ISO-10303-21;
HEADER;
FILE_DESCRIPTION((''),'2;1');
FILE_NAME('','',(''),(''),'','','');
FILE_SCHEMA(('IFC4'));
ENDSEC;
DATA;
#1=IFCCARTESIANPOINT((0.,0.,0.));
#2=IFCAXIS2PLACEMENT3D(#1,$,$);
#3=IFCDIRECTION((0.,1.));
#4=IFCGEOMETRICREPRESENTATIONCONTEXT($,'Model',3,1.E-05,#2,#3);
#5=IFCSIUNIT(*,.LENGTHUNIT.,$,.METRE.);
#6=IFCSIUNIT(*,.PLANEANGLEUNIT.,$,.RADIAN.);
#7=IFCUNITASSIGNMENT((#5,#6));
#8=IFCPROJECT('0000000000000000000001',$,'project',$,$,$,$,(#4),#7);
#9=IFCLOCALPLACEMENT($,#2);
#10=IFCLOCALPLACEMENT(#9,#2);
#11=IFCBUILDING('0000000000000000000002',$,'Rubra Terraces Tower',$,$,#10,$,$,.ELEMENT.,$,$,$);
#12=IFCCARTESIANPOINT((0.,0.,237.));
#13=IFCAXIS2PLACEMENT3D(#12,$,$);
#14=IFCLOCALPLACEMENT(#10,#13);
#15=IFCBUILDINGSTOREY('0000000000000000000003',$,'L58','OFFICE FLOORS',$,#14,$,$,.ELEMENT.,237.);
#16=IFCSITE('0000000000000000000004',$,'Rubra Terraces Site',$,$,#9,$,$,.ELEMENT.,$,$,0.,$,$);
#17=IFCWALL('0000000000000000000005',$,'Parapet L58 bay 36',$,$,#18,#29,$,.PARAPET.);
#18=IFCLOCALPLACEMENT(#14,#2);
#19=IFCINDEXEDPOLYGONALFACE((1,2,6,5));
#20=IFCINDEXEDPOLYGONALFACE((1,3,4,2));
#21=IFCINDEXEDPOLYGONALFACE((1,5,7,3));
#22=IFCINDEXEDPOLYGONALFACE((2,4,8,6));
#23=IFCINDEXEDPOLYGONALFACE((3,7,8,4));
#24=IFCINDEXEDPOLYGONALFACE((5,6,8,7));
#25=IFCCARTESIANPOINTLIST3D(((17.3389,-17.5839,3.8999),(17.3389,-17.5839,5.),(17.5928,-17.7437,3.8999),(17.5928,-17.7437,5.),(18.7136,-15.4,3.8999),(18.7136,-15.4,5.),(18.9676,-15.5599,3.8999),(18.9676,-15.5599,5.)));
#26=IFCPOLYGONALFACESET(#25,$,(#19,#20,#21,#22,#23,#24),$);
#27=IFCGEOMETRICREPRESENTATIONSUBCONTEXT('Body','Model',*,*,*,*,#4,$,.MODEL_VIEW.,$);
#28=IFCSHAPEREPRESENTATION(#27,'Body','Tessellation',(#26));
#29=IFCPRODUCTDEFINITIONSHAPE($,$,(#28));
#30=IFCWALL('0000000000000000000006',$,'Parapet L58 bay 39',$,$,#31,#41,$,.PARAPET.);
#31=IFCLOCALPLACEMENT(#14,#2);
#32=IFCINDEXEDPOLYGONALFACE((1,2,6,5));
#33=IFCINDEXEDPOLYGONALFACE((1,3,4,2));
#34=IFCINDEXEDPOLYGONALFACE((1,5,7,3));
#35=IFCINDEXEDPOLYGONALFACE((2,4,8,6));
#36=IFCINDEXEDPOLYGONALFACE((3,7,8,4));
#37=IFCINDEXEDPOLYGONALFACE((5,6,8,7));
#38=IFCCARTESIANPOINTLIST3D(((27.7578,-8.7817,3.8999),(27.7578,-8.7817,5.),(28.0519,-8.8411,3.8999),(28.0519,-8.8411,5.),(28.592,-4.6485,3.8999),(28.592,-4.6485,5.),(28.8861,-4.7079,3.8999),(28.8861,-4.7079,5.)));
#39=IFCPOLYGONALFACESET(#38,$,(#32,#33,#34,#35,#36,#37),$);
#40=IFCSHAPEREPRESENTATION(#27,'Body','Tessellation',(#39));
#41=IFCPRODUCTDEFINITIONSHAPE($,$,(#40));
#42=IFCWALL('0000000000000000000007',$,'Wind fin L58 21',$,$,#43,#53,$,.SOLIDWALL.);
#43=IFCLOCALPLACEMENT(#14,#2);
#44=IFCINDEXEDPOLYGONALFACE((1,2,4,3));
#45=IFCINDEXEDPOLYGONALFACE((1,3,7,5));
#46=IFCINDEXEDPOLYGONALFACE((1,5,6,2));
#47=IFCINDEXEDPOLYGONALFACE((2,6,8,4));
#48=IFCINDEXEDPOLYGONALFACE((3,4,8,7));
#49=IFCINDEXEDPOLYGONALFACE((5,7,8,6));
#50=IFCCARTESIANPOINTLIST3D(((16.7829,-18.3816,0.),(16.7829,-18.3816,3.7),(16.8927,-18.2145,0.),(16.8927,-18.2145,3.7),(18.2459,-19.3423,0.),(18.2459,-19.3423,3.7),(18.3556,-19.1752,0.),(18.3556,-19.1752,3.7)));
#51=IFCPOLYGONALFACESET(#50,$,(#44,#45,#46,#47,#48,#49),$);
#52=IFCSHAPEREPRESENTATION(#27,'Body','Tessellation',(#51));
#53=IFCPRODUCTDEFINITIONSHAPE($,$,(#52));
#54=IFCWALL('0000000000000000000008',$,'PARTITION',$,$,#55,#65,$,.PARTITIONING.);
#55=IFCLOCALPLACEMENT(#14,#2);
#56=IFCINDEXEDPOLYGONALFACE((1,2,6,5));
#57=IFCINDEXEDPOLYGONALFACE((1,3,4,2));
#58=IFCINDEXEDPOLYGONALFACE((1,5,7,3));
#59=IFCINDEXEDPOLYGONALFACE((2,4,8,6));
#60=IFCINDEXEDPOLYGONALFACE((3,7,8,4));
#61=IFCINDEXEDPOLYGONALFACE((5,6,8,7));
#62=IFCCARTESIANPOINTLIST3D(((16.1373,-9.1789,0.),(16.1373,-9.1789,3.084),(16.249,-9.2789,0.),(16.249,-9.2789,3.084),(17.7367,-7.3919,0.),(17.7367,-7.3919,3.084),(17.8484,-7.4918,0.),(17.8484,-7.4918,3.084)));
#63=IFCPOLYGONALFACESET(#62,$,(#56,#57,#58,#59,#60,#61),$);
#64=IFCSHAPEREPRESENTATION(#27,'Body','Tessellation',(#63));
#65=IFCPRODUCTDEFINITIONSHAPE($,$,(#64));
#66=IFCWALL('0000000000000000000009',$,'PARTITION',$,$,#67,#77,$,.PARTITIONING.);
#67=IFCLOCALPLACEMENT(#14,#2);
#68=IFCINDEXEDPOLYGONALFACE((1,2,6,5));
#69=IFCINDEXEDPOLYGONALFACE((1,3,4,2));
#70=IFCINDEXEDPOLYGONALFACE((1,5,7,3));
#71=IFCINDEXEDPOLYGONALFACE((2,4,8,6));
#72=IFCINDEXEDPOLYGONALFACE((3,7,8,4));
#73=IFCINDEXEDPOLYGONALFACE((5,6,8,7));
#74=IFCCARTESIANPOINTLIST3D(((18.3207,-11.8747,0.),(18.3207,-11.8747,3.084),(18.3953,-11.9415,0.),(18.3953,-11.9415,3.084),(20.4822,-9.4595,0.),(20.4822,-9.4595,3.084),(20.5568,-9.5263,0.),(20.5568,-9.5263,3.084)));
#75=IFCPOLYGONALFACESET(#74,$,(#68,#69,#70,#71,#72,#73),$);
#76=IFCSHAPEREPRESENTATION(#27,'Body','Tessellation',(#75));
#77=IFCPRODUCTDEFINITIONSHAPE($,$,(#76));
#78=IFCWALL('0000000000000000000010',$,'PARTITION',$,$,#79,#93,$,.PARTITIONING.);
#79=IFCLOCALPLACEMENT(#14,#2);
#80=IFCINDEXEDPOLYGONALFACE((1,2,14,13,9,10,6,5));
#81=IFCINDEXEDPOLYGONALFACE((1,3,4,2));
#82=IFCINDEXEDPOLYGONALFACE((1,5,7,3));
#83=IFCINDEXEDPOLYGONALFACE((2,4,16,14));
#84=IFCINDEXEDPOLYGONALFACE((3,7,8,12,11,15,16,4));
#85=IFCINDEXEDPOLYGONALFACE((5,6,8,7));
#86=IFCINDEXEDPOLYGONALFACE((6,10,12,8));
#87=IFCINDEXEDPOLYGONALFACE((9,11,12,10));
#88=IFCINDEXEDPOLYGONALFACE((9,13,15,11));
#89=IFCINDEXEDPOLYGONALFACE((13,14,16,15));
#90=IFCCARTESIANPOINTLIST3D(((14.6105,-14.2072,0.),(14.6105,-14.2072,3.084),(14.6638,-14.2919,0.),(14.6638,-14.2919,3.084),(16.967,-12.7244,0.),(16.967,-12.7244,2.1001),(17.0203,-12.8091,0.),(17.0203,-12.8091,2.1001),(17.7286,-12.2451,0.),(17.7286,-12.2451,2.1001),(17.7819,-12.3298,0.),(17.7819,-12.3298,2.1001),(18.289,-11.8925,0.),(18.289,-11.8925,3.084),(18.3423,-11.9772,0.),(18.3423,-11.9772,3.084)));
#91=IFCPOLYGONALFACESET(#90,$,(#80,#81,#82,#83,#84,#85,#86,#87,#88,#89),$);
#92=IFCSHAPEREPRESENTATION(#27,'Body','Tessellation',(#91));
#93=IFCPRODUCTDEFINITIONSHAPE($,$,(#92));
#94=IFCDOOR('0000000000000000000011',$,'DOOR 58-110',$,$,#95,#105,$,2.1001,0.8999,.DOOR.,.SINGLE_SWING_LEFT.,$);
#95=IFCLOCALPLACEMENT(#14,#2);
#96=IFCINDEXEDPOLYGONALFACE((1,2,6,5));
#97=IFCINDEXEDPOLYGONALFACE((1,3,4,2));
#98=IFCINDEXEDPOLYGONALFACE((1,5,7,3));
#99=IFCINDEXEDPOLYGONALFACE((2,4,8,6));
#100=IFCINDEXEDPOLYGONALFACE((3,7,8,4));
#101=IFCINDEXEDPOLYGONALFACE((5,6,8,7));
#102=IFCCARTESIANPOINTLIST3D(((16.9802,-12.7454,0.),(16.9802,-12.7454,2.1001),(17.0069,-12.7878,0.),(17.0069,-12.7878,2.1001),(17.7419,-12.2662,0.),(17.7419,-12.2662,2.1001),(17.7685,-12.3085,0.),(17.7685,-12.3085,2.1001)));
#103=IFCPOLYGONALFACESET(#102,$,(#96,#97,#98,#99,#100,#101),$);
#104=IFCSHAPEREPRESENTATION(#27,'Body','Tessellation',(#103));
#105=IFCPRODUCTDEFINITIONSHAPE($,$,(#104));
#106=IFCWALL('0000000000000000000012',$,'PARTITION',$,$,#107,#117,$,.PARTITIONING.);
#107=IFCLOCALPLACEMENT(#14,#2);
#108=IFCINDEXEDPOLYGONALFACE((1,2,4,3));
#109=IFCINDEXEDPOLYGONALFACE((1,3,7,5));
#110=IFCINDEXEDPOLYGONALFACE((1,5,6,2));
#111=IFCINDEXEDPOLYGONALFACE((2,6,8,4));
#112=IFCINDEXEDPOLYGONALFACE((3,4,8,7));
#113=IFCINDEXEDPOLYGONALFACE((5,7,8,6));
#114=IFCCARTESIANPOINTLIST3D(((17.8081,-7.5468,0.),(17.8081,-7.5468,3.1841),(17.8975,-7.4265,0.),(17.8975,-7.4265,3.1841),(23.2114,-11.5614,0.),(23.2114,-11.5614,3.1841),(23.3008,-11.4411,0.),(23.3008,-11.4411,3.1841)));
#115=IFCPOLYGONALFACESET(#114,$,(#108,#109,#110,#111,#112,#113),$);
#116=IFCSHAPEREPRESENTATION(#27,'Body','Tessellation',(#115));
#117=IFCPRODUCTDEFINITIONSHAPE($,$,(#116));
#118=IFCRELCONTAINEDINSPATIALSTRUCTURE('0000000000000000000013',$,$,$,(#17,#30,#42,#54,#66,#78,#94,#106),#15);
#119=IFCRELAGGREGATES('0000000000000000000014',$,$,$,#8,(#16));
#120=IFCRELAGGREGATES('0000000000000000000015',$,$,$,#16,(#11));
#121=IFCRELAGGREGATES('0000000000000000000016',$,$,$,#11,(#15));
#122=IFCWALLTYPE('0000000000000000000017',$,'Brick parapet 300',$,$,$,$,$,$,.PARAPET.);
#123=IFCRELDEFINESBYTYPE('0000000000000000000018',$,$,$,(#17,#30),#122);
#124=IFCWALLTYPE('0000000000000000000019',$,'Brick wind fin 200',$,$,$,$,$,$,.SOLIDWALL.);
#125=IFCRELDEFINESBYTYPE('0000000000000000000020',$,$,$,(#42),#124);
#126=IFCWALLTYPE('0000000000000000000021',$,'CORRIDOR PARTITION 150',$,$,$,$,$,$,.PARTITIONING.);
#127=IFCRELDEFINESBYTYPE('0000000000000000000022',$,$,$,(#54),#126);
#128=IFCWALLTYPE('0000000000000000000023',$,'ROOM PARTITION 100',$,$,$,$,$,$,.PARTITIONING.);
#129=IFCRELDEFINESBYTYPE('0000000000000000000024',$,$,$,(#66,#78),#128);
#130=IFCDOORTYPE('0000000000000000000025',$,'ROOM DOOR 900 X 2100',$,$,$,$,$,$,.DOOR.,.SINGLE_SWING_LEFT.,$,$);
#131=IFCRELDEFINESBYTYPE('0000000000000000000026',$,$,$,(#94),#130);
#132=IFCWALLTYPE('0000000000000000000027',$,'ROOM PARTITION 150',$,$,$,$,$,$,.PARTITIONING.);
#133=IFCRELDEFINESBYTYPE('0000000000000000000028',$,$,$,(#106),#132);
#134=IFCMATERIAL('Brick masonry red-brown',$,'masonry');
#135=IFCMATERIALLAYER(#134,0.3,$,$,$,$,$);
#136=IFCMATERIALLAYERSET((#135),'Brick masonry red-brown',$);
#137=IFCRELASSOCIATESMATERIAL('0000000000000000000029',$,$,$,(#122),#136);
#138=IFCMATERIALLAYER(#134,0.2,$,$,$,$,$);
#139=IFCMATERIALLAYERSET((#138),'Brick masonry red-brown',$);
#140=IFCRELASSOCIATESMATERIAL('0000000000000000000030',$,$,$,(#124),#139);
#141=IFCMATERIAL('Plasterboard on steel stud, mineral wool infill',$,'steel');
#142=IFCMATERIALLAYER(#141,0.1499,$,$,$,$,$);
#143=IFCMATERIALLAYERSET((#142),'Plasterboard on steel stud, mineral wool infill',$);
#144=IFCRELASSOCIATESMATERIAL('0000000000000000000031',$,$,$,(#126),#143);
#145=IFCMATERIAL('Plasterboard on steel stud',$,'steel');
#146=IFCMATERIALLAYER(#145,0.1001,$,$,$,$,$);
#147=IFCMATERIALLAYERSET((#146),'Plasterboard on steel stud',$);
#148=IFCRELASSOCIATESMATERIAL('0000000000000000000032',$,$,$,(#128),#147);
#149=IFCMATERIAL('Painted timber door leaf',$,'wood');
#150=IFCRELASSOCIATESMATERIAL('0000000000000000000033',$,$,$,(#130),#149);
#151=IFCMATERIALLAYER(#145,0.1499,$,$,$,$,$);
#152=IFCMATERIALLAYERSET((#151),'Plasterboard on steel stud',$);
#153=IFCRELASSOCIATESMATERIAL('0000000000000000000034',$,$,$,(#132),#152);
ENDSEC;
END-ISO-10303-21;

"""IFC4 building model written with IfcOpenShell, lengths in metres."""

from ifc_helpers import new_model, si_unit, direction, frame, frame_2d, origin, place, context, subcontext, project, spatial, rectangle, extrude, material, layer, layer_set, type_object, element, fill, save


model = new_model("IFC4")

# Units and contexts
model_context = context("Model", 3, precision=1e-05, world=origin(), true_north=direction((0.0, 1.0)))
body_context = subcontext(model_context, "Body", "Model", "MODEL_VIEW")
ifc_project = project(units=[si_unit("LENGTHUNIT", "METRE"), si_unit("PLANEANGLEUNIT", "RADIAN")], contexts=[model_context])

# Site, building, storey
site_placement = place(None, origin())
site = spatial("IfcSite", under=ifc_project, at=site_placement, Name="Rubra Terraces Site", CompositionType="ELEMENT", RefElevation=0.0)
building_placement = place(site_placement, origin())
building = spatial("IfcBuilding", under=site, at=building_placement, Name="Rubra Terraces Tower", CompositionType="ELEMENT")
storey_placement = place(building_placement, frame((0.0, 0.0, 237.0)))
storey = spatial("IfcBuildingStorey", under=building, at=storey_placement, Name="L58", Description="OFFICE FLOORS", CompositionType="ELEMENT", Elevation=237.0)

# Shared definitions
ifc_material_1 = material(Name="Brick masonry red-brown", Category="masonry")

# Walls
ifc_layer_1 = layer(ifc_material_1, 0.3)
ifc_layer_set_1 = layer_set([ifc_layer_1], Name="Brick masonry red-brown")
wall_type_1 = type_object("IfcWallType", Name="Brick parapet 300", PredefinedType="PARAPET", material=ifc_layer_set_1)
wall_1_placement = place(storey_placement, frame((17.4658, -17.6638, 3.8999), z_axis=(0.0, 0.0, 1.0), x_axis=(0.532743, 0.846277, 0.0)))
element("IfcWall", 1, at=wall_1_placement, inside=storey, type_object=wall_type_1, Name="Parapet L58 bay 36", PredefinedType="PARAPET", context=body_context, shape_type="SweptSolid", body=[
    extrude(rectangle(XDim=2.5806, YDim=0.3, at=frame_2d((1.2903, 0.0))), origin(), (0.0, 0.0, 1.0), 1.1001),
])
wall_2_placement = place(storey_placement, frame((27.9048, -8.8115, 3.8999), z_axis=(0.0, 0.0, 1.0), x_axis=(0.197842, 0.980234, 0.0)))
element("IfcWall", 2, at=wall_2_placement, inside=storey, type_object=wall_type_1, Name="Parapet L58 bay 39", PredefinedType="PARAPET", context=body_context, shape_type="SweptSolid", body=[
    extrude(rectangle(XDim=4.2166, YDim=0.3, at=frame_2d((2.1084, 0.0))), origin(), (0.0, 0.0, 1.0), 1.1001),
])
ifc_layer_2 = layer(ifc_material_1, 0.2)
ifc_layer_set_2 = layer_set([ifc_layer_2], Name="Brick masonry red-brown")
wall_type_2 = type_object("IfcWallType", Name="Brick wind fin 200", PredefinedType="SOLIDWALL", material=ifc_layer_set_2)
wall_3_placement = place(storey_placement, frame((16.8379, -18.2981, 0.0), z_axis=(0.0, 0.0, 1.0), x_axis=(0.835872, -0.548925, 0.0)))
element("IfcWall", 3, at=wall_3_placement, inside=storey, type_object=wall_type_2, Name="Wind fin L58 21", PredefinedType="SOLIDWALL", context=body_context, shape_type="SweptSolid", body=[
    extrude(rectangle(XDim=1.7502, YDim=0.2, at=frame_2d((0.875, 0.0))), origin(), (0.0, 0.0, 1.0), 3.7),
])
ifc_material_2 = material(Name="Plasterboard on steel stud, mineral wool infill", Category="steel")
ifc_layer_3 = layer(ifc_material_2, 0.1499)
ifc_layer_set_3 = layer_set([ifc_layer_3], Name="Plasterboard on steel stud, mineral wool infill")
wall_type_3 = type_object("IfcWallType", Name="CORRIDOR PARTITION 150", PredefinedType="PARTITIONING", material=ifc_layer_set_3)
wall_4_placement = place(storey_placement, frame((16.1931, -9.229, 0.0), z_axis=(0.0, 0.0, 1.0), x_axis=(0.666881, 0.745164, 0.0)))
element("IfcWall", 4, at=wall_4_placement, inside=storey, type_object=wall_type_3, Name="PARTITION", PredefinedType="PARTITIONING", context=body_context, shape_type="SweptSolid", body=[
    extrude(rectangle(XDim=2.3982, YDim=0.1499, at=frame_2d((1.1992, 0.0))), origin(), (0.0, 0.0, 1.0), 3.084),
])
ifc_material_3 = material(Name="Plasterboard on steel stud", Category="steel")
ifc_layer_4 = layer(ifc_material_3, 0.1001)
ifc_layer_set_4 = layer_set([ifc_layer_4], Name="Plasterboard on steel stud")
wall_type_4 = type_object("IfcWallType", Name="ROOM PARTITION 100", PredefinedType="PARTITIONING", material=ifc_layer_set_4)
wall_5_placement = place(storey_placement, frame((20.5195, -9.4929, 0.0), z_axis=(0.0, 0.0, 1.0), x_axis=(-0.666894, -0.745153, 0.0)))
element("IfcWall", 5, at=wall_5_placement, inside=storey, type_object=wall_type_4, Name="PARTITION", PredefinedType="PARTITIONING", context=body_context, shape_type="SweptSolid", body=[
    extrude(rectangle(XDim=3.2412, YDim=0.1001, at=frame_2d((1.6206, 0.0))), origin(), (0.0, 0.0, 1.0), 3.084),
])

# Wall, opening, door
wall_6_placement = place(storey_placement, frame((18.3157, -11.9348, 0.0), z_axis=(0.0, 0.0, 1.0), x_axis=(-0.846375, -0.532587, 0.0)))
wall_6 = element("IfcWall", 6, at=wall_6_placement, inside=storey, type_object=wall_type_4, Name="PARTITION", PredefinedType="PARTITIONING", context=body_context, shape_type="SweptSolid", body=[
    extrude(rectangle(XDim=4.3462, YDim=0.1001, at=frame_2d((2.1731, 0.0))), origin(), (0.0, 0.0, 1.0), 3.084),
])
opening_1_placement = place(wall_6_placement, frame((0.6621, 0.0, 0.0)))
opening_1 = element("IfcOpeningElement", 7, at=opening_1_placement, cuts=wall_6, PredefinedType="OPENING", context=body_context, shape_type="SweptSolid", body=[
    extrude(rectangle(XDim=0.8999, YDim=2.1001, at=frame_2d((0.45, 1.05))), frame((0.0, 0.0601, 0.0), z_axis=(0.0, -1.0, 0.0), x_axis=(1.0, 0.0, 0.0)), (0.0, 0.0, 1.0), 0.1201),
])
ifc_material_4 = material(Name="Painted timber door leaf", Category="wood")
door_type = type_object("IfcDoorType", Name="ROOM DOOR 900 X 2100", OperationType="SINGLE_SWING_LEFT", PredefinedType="DOOR", material=ifc_material_4)
door_placement = place(opening_1_placement, origin())
door = element("IfcDoor", 8, at=door_placement, inside=storey, type_object=door_type, Name="DOOR 58-110", OperationType="SINGLE_SWING_LEFT", OverallHeight=2.1001, OverallWidth=0.8999, PredefinedType="DOOR", context=body_context, shape_type="SweptSolid", body=[
    extrude(rectangle(XDim=0.8999, YDim=2.1001, at=frame_2d((0.45, 1.05))), frame((0.0, 0.0249, 0.0), z_axis=(0.0, -1.0, 0.0), x_axis=(1.0, 0.0, 0.0)), (0.0, 0.0, 1.0), 0.05),
])
fill(opening_1, door)

# Wall
ifc_layer_5 = layer(ifc_material_3, 0.1499)
ifc_layer_set_5 = layer_set([ifc_layer_5], Name="Plasterboard on steel stud")
wall_type_5 = type_object("IfcWallType", Name="ROOM PARTITION 150", PredefinedType="PARTITIONING", material=ifc_layer_set_5)
wall_7_placement = place(storey_placement, frame((23.2561, -11.5012, 0.0), z_axis=(0.0, 0.0, 1.0), x_axis=(-0.80269, 0.596396, 0.0)))
element("IfcWall", 9, at=wall_7_placement, inside=storey, type_object=wall_type_5, Name="PARTITION", PredefinedType="PARTITIONING", context=body_context, shape_type="SweptSolid", body=[
    extrude(rectangle(XDim=6.7314, YDim=0.1499, at=frame_2d((3.3657, 0.0))), origin(), (0.0, 0.0, 1.0), 3.1841),
])

save(model, "model.ifc")
